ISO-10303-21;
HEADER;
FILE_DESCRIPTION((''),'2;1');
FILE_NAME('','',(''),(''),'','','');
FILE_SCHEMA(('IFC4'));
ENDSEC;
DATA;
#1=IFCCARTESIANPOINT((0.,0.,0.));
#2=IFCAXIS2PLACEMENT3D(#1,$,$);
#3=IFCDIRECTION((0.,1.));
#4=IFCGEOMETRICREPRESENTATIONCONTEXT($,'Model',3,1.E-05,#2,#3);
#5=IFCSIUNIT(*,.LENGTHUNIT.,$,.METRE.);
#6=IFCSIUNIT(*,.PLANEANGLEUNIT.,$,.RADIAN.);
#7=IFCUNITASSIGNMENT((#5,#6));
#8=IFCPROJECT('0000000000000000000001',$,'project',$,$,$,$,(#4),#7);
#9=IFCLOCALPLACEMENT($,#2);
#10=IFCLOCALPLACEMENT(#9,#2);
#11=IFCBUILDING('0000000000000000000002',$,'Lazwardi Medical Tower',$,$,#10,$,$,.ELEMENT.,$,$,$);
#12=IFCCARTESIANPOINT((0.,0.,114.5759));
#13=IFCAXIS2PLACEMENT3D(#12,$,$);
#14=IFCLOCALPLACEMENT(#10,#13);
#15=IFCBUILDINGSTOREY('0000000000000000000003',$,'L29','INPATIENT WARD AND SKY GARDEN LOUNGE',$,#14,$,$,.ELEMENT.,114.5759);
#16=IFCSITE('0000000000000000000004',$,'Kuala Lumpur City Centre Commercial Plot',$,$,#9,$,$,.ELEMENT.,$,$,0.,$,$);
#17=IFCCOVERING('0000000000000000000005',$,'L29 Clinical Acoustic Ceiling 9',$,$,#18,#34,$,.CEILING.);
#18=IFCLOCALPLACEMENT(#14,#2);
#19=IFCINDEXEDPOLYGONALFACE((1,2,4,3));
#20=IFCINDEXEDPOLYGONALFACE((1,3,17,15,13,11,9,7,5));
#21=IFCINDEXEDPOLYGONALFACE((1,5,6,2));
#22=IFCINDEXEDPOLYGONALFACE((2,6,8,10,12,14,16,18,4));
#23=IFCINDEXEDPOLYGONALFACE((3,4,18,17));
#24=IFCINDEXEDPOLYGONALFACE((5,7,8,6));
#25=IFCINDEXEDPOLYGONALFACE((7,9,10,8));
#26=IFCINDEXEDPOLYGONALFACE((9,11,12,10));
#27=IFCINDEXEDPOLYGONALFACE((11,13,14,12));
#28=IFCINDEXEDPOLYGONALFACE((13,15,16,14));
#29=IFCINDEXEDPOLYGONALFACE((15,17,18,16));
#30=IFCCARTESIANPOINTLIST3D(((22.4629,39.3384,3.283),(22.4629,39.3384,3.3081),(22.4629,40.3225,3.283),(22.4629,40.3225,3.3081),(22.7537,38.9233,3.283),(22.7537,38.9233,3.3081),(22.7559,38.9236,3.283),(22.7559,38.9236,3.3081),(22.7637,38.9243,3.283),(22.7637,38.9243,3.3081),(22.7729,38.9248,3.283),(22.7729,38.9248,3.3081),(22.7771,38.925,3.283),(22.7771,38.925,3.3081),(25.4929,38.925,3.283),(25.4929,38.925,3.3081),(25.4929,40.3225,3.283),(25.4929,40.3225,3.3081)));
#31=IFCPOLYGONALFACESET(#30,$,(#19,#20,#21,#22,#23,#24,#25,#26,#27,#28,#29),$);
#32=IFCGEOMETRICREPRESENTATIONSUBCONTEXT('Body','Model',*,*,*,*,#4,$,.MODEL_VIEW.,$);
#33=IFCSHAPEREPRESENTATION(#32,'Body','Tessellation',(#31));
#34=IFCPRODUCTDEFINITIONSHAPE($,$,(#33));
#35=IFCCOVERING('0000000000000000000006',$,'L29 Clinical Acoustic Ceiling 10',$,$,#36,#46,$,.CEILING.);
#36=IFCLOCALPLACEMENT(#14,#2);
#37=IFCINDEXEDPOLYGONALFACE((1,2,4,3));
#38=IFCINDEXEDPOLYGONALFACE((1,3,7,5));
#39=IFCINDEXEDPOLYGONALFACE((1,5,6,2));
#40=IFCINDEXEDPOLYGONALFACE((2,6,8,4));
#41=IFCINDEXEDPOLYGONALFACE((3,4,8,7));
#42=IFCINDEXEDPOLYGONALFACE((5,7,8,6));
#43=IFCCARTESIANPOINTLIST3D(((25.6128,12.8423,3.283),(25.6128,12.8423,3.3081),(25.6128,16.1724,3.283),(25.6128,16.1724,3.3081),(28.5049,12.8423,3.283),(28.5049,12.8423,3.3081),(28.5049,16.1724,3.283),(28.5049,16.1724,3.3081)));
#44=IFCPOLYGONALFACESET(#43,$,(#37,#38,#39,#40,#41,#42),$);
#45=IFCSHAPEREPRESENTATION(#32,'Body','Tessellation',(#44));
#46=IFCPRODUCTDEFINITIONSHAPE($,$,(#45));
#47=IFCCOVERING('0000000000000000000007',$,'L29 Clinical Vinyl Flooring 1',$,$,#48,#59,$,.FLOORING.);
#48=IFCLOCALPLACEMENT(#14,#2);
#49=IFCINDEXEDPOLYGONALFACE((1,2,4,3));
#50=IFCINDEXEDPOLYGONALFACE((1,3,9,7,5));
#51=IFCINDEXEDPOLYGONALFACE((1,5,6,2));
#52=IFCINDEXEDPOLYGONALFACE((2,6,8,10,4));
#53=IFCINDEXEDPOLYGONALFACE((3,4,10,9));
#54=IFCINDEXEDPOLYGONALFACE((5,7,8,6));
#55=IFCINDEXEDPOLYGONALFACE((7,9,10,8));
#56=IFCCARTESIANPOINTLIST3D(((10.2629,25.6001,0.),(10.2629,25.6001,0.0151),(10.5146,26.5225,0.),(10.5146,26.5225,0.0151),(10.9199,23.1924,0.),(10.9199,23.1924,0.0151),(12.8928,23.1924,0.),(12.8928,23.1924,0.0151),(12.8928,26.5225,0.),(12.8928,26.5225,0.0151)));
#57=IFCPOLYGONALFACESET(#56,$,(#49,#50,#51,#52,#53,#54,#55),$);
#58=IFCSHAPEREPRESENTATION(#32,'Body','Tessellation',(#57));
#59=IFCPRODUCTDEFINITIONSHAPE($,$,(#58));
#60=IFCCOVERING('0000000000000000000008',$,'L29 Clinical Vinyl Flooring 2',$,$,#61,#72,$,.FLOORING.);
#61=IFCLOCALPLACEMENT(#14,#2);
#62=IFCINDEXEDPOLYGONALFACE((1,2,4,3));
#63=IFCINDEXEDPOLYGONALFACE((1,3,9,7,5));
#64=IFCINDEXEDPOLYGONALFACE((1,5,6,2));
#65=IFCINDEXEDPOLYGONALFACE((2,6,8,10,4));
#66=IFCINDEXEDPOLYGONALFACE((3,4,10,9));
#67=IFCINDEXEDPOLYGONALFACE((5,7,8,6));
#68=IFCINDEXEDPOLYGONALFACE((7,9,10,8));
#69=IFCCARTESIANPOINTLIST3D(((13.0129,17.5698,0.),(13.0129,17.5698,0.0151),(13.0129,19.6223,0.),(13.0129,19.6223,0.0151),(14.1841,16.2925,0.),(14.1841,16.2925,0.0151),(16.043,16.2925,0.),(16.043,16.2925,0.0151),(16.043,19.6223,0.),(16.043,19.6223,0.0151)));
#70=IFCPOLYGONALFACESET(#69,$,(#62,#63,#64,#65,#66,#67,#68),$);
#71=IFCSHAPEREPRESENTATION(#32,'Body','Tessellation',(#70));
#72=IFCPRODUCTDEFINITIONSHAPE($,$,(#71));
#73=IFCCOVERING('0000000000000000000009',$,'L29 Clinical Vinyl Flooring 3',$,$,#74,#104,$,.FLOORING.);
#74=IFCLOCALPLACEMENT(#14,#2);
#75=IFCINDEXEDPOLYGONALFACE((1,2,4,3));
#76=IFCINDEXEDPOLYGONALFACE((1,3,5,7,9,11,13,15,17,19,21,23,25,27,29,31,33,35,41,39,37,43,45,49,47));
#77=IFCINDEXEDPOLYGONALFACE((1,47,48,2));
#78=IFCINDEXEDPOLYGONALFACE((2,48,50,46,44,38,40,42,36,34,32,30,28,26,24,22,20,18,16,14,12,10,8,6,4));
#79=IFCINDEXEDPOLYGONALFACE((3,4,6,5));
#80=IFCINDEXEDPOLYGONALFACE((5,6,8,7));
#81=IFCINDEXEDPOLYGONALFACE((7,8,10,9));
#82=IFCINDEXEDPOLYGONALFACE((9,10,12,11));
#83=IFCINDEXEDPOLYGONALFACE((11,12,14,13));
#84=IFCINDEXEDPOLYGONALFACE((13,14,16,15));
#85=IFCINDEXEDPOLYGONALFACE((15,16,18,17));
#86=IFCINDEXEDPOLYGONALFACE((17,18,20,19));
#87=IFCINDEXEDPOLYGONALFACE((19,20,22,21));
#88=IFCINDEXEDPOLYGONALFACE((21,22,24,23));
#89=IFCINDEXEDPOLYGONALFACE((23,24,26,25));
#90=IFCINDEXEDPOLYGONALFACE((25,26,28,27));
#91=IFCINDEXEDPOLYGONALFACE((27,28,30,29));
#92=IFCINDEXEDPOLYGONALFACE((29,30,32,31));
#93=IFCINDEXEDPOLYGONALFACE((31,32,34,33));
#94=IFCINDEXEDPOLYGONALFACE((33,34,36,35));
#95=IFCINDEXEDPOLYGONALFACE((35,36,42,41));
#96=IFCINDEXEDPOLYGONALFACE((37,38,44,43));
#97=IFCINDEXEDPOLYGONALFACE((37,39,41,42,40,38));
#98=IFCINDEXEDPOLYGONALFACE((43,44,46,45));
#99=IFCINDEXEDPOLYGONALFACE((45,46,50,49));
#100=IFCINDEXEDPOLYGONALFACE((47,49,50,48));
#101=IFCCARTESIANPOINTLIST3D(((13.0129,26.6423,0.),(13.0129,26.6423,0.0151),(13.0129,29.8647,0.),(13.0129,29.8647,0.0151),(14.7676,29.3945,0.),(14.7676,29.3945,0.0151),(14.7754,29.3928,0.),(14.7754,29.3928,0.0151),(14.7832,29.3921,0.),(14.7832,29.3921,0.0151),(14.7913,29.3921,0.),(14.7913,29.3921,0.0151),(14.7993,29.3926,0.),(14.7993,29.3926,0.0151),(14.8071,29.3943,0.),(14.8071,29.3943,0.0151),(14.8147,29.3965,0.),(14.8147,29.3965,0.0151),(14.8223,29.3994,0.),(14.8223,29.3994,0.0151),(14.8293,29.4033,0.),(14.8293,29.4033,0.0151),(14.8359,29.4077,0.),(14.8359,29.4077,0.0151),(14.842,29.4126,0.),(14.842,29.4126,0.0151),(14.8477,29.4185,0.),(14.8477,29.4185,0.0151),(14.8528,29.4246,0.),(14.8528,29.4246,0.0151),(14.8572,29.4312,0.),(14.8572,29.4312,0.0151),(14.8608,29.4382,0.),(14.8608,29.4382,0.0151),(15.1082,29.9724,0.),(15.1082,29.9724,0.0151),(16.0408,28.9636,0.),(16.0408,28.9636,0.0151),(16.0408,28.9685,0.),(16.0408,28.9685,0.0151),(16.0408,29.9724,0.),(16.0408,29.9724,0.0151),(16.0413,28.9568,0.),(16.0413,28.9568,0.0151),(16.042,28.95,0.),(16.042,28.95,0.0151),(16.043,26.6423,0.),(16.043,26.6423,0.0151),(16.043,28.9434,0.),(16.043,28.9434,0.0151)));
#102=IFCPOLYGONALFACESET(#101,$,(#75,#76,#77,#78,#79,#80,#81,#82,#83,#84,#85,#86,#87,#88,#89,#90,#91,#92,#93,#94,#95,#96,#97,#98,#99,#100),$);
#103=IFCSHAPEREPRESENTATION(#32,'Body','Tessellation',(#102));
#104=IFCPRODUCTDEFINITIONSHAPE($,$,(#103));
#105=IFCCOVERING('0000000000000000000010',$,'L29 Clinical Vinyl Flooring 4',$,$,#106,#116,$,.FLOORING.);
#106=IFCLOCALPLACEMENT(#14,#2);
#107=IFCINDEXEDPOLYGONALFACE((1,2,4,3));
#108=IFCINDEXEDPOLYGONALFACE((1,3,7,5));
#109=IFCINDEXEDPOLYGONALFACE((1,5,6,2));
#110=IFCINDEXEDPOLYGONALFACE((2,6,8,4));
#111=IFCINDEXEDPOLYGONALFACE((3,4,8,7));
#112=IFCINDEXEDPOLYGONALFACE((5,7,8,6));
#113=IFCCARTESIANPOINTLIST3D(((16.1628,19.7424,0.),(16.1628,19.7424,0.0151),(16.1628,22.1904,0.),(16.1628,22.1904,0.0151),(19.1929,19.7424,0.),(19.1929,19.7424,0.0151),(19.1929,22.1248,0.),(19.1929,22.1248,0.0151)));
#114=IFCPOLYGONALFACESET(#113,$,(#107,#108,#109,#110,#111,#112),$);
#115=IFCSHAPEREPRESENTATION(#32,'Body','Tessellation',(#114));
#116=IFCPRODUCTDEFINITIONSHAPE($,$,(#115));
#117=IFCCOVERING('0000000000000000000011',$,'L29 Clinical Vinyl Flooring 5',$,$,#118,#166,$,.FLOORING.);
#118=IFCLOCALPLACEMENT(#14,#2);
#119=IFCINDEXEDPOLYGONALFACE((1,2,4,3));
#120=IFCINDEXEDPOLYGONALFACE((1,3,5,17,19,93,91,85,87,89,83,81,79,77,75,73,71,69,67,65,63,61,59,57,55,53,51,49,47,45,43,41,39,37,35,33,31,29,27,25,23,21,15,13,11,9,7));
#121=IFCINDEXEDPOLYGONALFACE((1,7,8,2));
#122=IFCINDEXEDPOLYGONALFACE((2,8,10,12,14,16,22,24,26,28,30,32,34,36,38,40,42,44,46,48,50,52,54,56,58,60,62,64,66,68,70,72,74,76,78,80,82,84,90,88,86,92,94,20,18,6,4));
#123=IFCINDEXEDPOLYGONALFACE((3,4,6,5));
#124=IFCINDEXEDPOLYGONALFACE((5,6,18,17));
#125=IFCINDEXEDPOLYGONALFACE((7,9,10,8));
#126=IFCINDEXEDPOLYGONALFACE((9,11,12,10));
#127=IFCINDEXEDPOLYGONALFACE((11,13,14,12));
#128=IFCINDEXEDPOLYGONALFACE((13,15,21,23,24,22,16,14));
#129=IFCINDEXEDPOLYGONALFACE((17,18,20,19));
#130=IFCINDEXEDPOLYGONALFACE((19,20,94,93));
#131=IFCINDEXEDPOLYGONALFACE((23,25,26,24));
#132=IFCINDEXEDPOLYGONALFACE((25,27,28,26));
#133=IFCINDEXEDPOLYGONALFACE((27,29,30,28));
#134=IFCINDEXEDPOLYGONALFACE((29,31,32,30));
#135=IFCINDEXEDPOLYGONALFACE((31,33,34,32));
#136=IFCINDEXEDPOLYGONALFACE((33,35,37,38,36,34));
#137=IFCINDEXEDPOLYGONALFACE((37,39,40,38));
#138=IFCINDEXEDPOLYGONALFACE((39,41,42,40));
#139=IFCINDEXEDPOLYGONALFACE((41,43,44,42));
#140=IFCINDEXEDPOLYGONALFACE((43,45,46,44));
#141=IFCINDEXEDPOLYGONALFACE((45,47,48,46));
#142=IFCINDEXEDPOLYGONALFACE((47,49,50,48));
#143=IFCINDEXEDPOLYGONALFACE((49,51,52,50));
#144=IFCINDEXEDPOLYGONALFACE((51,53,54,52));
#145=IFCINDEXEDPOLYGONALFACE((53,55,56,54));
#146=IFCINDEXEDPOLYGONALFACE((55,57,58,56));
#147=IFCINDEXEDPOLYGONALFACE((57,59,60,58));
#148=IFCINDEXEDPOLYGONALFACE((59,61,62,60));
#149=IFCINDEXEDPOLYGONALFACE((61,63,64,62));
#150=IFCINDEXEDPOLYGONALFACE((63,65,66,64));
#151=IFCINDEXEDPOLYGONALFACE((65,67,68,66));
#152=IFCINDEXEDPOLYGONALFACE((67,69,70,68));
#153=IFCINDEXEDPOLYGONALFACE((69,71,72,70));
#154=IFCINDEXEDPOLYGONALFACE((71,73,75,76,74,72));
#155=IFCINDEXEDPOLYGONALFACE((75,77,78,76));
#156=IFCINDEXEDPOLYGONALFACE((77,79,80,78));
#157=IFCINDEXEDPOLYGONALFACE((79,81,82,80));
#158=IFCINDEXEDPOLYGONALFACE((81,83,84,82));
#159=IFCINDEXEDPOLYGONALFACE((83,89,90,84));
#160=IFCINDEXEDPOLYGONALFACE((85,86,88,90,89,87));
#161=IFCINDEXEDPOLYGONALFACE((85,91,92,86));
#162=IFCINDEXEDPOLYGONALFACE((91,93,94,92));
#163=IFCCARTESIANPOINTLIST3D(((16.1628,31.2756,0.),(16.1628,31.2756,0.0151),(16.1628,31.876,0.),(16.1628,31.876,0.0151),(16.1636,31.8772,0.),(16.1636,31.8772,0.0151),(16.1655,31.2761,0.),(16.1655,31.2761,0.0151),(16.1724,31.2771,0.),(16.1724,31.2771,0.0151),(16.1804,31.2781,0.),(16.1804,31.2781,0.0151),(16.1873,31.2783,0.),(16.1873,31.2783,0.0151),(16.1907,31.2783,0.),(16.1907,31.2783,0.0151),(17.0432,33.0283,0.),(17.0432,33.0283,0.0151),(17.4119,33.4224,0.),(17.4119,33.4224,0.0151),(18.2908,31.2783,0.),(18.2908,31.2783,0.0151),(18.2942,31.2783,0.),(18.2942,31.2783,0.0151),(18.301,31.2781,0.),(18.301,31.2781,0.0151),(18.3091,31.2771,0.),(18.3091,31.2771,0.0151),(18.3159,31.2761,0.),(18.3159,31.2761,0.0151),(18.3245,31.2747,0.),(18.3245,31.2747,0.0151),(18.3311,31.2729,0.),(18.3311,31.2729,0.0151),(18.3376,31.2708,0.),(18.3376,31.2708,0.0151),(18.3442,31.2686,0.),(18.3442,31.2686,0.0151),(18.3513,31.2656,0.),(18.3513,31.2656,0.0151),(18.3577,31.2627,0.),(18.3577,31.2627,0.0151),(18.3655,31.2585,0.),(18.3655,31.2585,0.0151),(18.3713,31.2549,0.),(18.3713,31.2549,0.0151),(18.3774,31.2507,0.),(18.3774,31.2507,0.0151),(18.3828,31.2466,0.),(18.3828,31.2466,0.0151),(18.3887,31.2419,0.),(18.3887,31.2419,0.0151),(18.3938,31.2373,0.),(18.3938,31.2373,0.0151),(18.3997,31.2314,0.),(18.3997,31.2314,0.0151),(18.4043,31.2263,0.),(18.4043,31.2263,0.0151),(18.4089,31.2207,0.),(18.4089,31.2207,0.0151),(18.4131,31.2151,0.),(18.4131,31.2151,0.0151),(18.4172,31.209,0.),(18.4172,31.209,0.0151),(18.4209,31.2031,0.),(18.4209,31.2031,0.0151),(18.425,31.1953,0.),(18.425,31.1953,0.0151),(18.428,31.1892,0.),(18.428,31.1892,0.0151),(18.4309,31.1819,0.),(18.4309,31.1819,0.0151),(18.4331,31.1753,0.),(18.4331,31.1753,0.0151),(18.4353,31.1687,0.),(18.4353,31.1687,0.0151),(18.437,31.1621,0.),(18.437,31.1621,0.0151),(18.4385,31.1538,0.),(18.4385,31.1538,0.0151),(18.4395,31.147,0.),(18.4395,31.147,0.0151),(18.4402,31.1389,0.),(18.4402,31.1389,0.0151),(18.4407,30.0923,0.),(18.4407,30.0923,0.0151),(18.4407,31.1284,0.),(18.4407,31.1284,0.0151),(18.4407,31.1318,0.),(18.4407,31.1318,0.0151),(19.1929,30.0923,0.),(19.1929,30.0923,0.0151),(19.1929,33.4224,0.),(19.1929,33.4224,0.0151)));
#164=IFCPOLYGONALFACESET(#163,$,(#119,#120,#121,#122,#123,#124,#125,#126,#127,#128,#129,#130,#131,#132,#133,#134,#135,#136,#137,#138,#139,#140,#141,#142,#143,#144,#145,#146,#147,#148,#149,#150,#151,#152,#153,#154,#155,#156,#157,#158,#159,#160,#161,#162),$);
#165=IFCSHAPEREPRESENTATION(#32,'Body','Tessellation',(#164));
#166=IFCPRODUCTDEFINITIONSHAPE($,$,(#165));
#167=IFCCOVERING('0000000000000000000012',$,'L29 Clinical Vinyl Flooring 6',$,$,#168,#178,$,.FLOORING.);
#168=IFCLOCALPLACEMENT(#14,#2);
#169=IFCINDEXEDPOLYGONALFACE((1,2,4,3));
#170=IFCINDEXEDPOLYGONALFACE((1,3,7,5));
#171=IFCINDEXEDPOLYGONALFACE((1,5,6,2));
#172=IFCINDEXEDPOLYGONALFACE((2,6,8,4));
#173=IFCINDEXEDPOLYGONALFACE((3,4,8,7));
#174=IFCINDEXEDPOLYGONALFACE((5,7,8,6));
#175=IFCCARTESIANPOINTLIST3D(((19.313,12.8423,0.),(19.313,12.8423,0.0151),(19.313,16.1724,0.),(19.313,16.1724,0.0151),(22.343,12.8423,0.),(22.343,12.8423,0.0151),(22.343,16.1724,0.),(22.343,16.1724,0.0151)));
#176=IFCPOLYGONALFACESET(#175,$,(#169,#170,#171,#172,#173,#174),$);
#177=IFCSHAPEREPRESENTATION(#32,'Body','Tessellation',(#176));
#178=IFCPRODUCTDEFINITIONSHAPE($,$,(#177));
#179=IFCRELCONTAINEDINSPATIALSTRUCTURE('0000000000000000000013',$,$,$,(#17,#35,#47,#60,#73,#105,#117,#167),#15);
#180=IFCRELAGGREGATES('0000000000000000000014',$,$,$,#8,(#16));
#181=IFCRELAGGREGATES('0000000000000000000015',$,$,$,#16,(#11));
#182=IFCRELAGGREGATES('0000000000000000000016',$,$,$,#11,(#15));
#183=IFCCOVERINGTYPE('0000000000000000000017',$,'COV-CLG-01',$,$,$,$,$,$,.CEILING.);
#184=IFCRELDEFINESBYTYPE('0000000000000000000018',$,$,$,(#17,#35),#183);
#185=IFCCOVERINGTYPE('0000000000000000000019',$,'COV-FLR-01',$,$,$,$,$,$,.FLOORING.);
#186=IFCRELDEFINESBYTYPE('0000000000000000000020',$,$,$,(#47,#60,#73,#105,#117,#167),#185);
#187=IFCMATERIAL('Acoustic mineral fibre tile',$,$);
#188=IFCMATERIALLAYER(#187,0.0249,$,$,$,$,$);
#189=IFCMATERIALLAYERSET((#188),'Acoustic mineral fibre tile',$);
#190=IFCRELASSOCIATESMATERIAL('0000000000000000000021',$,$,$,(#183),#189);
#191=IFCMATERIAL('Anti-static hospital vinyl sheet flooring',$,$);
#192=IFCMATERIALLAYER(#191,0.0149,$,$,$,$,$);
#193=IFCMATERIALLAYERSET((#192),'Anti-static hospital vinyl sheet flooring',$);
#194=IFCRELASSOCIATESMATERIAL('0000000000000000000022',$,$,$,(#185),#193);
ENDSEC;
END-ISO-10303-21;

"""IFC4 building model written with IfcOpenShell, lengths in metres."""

from ifc_helpers import new_model, si_unit, direction, frame, origin, place, context, subcontext, project, spatial, polyline, outline, extrude, material, layer, layer_set, type_object, element, save


model = new_model("IFC4")

# Units and contexts
model_context = context("Model", 3, precision=1e-05, world=origin(), true_north=direction((0.0, 1.0)))
body_context = subcontext(model_context, "Body", "Model", "MODEL_VIEW")
ifc_project = project(units=[si_unit("LENGTHUNIT", "METRE"), si_unit("PLANEANGLEUNIT", "RADIAN")], contexts=[model_context])

# Site, building, storey
site_placement = place(None, origin())
site = spatial("IfcSite", under=ifc_project, at=site_placement, Name="Kuala Lumpur City Centre Commercial Plot", CompositionType="ELEMENT", RefElevation=0.0)
building_placement = place(site_placement, origin())
building = spatial("IfcBuilding", under=site, at=building_placement, Name="Lazwardi Medical Tower", CompositionType="ELEMENT")
storey_placement = place(building_placement, frame((0.0, 0.0, 114.5759)))
storey = spatial("IfcBuildingStorey", under=building, at=storey_placement, Name="L29", Description="INPATIENT WARD AND SKY GARDEN LOUNGE", CompositionType="ELEMENT", Elevation=114.5759)

# Coverings
ifc_material_1 = material(Name="Acoustic mineral fibre tile")
ifc_layer_1 = layer(ifc_material_1, 0.0249)
ifc_layer_set_1 = layer_set([ifc_layer_1], Name="Acoustic mineral fibre tile")
covering_type_1 = type_object("IfcCoveringType", Name="COV-CLG-01", PredefinedType="CEILING", material=ifc_layer_set_1)
covering_1_placement = place(storey_placement, frame((0.0, 0.0, 3.283)))
element("IfcCovering", 1, at=covering_1_placement, inside=storey, type_object=covering_type_1, Name="L29 Clinical Acoustic Ceiling 9", PredefinedType="CEILING", context=body_context, shape_type="SweptSolid", body=[
    extrude(outline(polyline([(22.4629, 39.3384), (22.7537, 38.9233), (22.7559, 38.9236), (22.7637, 38.9243), (22.7729, 38.9248), (22.7771, 38.925), (25.4929, 38.925), (25.4929, 40.3225), (22.4629, 40.3225), (22.4629, 39.3384)])), origin(), (0.0, 0.0, 1.0), 0.0251),
])
covering_2_placement = place(storey_placement, frame((0.0, 0.0, 3.283)))
element("IfcCovering", 2, at=covering_2_placement, inside=storey, type_object=covering_type_1, Name="L29 Clinical Acoustic Ceiling 10", PredefinedType="CEILING", context=body_context, shape_type="SweptSolid", body=[
    extrude(outline(polyline([(28.5049, 12.8423), (28.5049, 16.1724), (25.6128, 16.1724), (25.6128, 12.8423), (28.5049, 12.8423)])), origin(), (0.0, 0.0, 1.0), 0.0251),
])
ifc_material_2 = material(Name="Anti-static hospital vinyl sheet flooring")
ifc_layer_2 = layer(ifc_material_2, 0.0149)
ifc_layer_set_2 = layer_set([ifc_layer_2], Name="Anti-static hospital vinyl sheet flooring")
covering_type_2 = type_object("IfcCoveringType", Name="COV-FLR-01", PredefinedType="FLOORING", material=ifc_layer_set_2)
covering_3_placement = place(storey_placement, origin())
element("IfcCovering", 3, at=covering_3_placement, inside=storey, type_object=covering_type_2, Name="L29 Clinical Vinyl Flooring 1", PredefinedType="FLOORING", context=body_context, shape_type="SweptSolid", body=[
    extrude(outline(polyline([(10.5146, 26.5225), (10.2629, 25.6001), (10.9199, 23.1924), (12.8928, 23.1924), (12.8928, 26.5225), (10.5146, 26.5225)])), origin(), (0.0, 0.0, 1.0), 0.0151),
])
covering_4_placement = place(storey_placement, origin())
element("IfcCovering", 4, at=covering_4_placement, inside=storey, type_object=covering_type_2, Name="L29 Clinical Vinyl Flooring 2", PredefinedType="FLOORING", context=body_context, shape_type="SweptSolid", body=[
    extrude(outline(polyline([(13.0129, 17.5698), (14.1841, 16.2925), (16.043, 16.2925), (16.043, 19.6223), (13.0129, 19.6223), (13.0129, 17.5698)])), origin(), (0.0, 0.0, 1.0), 0.0151),
])
covering_5_placement = place(storey_placement, origin())
element("IfcCovering", 5, at=covering_5_placement, inside=storey, type_object=covering_type_2, Name="L29 Clinical Vinyl Flooring 3", PredefinedType="FLOORING", context=body_context, shape_type="SweptSolid", body=[
    extrude(outline(polyline([(16.043, 28.9434), (16.042, 28.95), (16.0413, 28.9568), (16.0408, 28.9636), (16.0408, 28.9685), (16.0408, 29.9724), (15.1082, 29.9724), (14.8608, 29.4382), (14.8572, 29.4312), (14.8528, 29.4246), (14.8477, 29.4185), (14.842, 29.4126), (14.8359, 29.4077), (14.8293, 29.4033), (14.8223, 29.3994), (14.8147, 29.3965), (14.8071, 29.3943), (14.7993, 29.3926), (14.7913, 29.3921), (14.7832, 29.3921), (14.7754, 29.3928), (14.7676, 29.3945), (13.0129, 29.8647), (13.0129, 26.6423), (16.043, 26.6423), (16.043, 28.9434)])), origin(), (0.0, 0.0, 1.0), 0.0151),
])
covering_6_placement = place(storey_placement, origin())
element("IfcCovering", 6, at=covering_6_placement, inside=storey, type_object=covering_type_2, Name="L29 Clinical Vinyl Flooring 4", PredefinedType="FLOORING", context=body_context, shape_type="SweptSolid", body=[
    extrude(outline(polyline([(19.1929, 22.1248), (16.1628, 22.1904), (16.1628, 19.7424), (19.1929, 19.7424), (19.1929, 22.1248)])), origin(), (0.0, 0.0, 1.0), 0.0151),
])
covering_7_placement = place(storey_placement, origin())
element("IfcCovering", 7, at=covering_7_placement, inside=storey, type_object=covering_type_2, Name="L29 Clinical Vinyl Flooring 5", PredefinedType="FLOORING", context=body_context, shape_type="SweptSolid", body=[
    extrude(outline(polyline([(17.4119, 33.4224), (17.0432, 33.0283), (16.1636, 31.8772), (16.1628, 31.876), (16.1628, 31.2756), (16.1655, 31.2761), (16.1724, 31.2771), (16.1804, 31.2781), (16.1873, 31.2783), (16.1907, 31.2783), (18.2908, 31.2783), (18.2942, 31.2783), (18.301, 31.2781), (18.3091, 31.2771), (18.3159, 31.2761), (18.3245, 31.2747), (18.3311, 31.2729), (18.3376, 31.2708), (18.3442, 31.2686), (18.3513, 31.2656), (18.3577, 31.2627), (18.3655, 31.2585), (18.3713, 31.2549), (18.3774, 31.2507), (18.3828, 31.2466), (18.3887, 31.2419), (18.3938, 31.2373), (18.3997, 31.2314), (18.4043, 31.2263), (18.4089, 31.2207), (18.4131, 31.2151), (18.4172, 31.209), (18.4209, 31.2031), (18.425, 31.1953), (18.428, 31.1892), (18.4309, 31.1819), (18.4331, 31.1753), (18.4353, 31.1687), (18.437, 31.1621), (18.4385, 31.1538), (18.4395, 31.147), (18.4402, 31.1389), (18.4407, 31.1318), (18.4407, 31.1284), (18.4407, 30.0923), (19.1929, 30.0923), (19.1929, 33.4224), (17.4119, 33.4224)])), origin(), (0.0, 0.0, 1.0), 0.0151),
])
covering_8_placement = place(storey_placement, origin())
element("IfcCovering", 8, at=covering_8_placement, inside=storey, type_object=covering_type_2, Name="L29 Clinical Vinyl Flooring 6", PredefinedType="FLOORING", context=body_context, shape_type="SweptSolid", body=[
    extrude(outline(polyline([(22.343, 12.8423), (22.343, 16.1724), (19.313, 16.1724), (19.313, 12.8423), (22.343, 12.8423)])), origin(), (0.0, 0.0, 1.0), 0.0151),
])

save(model, "model.ifc")
